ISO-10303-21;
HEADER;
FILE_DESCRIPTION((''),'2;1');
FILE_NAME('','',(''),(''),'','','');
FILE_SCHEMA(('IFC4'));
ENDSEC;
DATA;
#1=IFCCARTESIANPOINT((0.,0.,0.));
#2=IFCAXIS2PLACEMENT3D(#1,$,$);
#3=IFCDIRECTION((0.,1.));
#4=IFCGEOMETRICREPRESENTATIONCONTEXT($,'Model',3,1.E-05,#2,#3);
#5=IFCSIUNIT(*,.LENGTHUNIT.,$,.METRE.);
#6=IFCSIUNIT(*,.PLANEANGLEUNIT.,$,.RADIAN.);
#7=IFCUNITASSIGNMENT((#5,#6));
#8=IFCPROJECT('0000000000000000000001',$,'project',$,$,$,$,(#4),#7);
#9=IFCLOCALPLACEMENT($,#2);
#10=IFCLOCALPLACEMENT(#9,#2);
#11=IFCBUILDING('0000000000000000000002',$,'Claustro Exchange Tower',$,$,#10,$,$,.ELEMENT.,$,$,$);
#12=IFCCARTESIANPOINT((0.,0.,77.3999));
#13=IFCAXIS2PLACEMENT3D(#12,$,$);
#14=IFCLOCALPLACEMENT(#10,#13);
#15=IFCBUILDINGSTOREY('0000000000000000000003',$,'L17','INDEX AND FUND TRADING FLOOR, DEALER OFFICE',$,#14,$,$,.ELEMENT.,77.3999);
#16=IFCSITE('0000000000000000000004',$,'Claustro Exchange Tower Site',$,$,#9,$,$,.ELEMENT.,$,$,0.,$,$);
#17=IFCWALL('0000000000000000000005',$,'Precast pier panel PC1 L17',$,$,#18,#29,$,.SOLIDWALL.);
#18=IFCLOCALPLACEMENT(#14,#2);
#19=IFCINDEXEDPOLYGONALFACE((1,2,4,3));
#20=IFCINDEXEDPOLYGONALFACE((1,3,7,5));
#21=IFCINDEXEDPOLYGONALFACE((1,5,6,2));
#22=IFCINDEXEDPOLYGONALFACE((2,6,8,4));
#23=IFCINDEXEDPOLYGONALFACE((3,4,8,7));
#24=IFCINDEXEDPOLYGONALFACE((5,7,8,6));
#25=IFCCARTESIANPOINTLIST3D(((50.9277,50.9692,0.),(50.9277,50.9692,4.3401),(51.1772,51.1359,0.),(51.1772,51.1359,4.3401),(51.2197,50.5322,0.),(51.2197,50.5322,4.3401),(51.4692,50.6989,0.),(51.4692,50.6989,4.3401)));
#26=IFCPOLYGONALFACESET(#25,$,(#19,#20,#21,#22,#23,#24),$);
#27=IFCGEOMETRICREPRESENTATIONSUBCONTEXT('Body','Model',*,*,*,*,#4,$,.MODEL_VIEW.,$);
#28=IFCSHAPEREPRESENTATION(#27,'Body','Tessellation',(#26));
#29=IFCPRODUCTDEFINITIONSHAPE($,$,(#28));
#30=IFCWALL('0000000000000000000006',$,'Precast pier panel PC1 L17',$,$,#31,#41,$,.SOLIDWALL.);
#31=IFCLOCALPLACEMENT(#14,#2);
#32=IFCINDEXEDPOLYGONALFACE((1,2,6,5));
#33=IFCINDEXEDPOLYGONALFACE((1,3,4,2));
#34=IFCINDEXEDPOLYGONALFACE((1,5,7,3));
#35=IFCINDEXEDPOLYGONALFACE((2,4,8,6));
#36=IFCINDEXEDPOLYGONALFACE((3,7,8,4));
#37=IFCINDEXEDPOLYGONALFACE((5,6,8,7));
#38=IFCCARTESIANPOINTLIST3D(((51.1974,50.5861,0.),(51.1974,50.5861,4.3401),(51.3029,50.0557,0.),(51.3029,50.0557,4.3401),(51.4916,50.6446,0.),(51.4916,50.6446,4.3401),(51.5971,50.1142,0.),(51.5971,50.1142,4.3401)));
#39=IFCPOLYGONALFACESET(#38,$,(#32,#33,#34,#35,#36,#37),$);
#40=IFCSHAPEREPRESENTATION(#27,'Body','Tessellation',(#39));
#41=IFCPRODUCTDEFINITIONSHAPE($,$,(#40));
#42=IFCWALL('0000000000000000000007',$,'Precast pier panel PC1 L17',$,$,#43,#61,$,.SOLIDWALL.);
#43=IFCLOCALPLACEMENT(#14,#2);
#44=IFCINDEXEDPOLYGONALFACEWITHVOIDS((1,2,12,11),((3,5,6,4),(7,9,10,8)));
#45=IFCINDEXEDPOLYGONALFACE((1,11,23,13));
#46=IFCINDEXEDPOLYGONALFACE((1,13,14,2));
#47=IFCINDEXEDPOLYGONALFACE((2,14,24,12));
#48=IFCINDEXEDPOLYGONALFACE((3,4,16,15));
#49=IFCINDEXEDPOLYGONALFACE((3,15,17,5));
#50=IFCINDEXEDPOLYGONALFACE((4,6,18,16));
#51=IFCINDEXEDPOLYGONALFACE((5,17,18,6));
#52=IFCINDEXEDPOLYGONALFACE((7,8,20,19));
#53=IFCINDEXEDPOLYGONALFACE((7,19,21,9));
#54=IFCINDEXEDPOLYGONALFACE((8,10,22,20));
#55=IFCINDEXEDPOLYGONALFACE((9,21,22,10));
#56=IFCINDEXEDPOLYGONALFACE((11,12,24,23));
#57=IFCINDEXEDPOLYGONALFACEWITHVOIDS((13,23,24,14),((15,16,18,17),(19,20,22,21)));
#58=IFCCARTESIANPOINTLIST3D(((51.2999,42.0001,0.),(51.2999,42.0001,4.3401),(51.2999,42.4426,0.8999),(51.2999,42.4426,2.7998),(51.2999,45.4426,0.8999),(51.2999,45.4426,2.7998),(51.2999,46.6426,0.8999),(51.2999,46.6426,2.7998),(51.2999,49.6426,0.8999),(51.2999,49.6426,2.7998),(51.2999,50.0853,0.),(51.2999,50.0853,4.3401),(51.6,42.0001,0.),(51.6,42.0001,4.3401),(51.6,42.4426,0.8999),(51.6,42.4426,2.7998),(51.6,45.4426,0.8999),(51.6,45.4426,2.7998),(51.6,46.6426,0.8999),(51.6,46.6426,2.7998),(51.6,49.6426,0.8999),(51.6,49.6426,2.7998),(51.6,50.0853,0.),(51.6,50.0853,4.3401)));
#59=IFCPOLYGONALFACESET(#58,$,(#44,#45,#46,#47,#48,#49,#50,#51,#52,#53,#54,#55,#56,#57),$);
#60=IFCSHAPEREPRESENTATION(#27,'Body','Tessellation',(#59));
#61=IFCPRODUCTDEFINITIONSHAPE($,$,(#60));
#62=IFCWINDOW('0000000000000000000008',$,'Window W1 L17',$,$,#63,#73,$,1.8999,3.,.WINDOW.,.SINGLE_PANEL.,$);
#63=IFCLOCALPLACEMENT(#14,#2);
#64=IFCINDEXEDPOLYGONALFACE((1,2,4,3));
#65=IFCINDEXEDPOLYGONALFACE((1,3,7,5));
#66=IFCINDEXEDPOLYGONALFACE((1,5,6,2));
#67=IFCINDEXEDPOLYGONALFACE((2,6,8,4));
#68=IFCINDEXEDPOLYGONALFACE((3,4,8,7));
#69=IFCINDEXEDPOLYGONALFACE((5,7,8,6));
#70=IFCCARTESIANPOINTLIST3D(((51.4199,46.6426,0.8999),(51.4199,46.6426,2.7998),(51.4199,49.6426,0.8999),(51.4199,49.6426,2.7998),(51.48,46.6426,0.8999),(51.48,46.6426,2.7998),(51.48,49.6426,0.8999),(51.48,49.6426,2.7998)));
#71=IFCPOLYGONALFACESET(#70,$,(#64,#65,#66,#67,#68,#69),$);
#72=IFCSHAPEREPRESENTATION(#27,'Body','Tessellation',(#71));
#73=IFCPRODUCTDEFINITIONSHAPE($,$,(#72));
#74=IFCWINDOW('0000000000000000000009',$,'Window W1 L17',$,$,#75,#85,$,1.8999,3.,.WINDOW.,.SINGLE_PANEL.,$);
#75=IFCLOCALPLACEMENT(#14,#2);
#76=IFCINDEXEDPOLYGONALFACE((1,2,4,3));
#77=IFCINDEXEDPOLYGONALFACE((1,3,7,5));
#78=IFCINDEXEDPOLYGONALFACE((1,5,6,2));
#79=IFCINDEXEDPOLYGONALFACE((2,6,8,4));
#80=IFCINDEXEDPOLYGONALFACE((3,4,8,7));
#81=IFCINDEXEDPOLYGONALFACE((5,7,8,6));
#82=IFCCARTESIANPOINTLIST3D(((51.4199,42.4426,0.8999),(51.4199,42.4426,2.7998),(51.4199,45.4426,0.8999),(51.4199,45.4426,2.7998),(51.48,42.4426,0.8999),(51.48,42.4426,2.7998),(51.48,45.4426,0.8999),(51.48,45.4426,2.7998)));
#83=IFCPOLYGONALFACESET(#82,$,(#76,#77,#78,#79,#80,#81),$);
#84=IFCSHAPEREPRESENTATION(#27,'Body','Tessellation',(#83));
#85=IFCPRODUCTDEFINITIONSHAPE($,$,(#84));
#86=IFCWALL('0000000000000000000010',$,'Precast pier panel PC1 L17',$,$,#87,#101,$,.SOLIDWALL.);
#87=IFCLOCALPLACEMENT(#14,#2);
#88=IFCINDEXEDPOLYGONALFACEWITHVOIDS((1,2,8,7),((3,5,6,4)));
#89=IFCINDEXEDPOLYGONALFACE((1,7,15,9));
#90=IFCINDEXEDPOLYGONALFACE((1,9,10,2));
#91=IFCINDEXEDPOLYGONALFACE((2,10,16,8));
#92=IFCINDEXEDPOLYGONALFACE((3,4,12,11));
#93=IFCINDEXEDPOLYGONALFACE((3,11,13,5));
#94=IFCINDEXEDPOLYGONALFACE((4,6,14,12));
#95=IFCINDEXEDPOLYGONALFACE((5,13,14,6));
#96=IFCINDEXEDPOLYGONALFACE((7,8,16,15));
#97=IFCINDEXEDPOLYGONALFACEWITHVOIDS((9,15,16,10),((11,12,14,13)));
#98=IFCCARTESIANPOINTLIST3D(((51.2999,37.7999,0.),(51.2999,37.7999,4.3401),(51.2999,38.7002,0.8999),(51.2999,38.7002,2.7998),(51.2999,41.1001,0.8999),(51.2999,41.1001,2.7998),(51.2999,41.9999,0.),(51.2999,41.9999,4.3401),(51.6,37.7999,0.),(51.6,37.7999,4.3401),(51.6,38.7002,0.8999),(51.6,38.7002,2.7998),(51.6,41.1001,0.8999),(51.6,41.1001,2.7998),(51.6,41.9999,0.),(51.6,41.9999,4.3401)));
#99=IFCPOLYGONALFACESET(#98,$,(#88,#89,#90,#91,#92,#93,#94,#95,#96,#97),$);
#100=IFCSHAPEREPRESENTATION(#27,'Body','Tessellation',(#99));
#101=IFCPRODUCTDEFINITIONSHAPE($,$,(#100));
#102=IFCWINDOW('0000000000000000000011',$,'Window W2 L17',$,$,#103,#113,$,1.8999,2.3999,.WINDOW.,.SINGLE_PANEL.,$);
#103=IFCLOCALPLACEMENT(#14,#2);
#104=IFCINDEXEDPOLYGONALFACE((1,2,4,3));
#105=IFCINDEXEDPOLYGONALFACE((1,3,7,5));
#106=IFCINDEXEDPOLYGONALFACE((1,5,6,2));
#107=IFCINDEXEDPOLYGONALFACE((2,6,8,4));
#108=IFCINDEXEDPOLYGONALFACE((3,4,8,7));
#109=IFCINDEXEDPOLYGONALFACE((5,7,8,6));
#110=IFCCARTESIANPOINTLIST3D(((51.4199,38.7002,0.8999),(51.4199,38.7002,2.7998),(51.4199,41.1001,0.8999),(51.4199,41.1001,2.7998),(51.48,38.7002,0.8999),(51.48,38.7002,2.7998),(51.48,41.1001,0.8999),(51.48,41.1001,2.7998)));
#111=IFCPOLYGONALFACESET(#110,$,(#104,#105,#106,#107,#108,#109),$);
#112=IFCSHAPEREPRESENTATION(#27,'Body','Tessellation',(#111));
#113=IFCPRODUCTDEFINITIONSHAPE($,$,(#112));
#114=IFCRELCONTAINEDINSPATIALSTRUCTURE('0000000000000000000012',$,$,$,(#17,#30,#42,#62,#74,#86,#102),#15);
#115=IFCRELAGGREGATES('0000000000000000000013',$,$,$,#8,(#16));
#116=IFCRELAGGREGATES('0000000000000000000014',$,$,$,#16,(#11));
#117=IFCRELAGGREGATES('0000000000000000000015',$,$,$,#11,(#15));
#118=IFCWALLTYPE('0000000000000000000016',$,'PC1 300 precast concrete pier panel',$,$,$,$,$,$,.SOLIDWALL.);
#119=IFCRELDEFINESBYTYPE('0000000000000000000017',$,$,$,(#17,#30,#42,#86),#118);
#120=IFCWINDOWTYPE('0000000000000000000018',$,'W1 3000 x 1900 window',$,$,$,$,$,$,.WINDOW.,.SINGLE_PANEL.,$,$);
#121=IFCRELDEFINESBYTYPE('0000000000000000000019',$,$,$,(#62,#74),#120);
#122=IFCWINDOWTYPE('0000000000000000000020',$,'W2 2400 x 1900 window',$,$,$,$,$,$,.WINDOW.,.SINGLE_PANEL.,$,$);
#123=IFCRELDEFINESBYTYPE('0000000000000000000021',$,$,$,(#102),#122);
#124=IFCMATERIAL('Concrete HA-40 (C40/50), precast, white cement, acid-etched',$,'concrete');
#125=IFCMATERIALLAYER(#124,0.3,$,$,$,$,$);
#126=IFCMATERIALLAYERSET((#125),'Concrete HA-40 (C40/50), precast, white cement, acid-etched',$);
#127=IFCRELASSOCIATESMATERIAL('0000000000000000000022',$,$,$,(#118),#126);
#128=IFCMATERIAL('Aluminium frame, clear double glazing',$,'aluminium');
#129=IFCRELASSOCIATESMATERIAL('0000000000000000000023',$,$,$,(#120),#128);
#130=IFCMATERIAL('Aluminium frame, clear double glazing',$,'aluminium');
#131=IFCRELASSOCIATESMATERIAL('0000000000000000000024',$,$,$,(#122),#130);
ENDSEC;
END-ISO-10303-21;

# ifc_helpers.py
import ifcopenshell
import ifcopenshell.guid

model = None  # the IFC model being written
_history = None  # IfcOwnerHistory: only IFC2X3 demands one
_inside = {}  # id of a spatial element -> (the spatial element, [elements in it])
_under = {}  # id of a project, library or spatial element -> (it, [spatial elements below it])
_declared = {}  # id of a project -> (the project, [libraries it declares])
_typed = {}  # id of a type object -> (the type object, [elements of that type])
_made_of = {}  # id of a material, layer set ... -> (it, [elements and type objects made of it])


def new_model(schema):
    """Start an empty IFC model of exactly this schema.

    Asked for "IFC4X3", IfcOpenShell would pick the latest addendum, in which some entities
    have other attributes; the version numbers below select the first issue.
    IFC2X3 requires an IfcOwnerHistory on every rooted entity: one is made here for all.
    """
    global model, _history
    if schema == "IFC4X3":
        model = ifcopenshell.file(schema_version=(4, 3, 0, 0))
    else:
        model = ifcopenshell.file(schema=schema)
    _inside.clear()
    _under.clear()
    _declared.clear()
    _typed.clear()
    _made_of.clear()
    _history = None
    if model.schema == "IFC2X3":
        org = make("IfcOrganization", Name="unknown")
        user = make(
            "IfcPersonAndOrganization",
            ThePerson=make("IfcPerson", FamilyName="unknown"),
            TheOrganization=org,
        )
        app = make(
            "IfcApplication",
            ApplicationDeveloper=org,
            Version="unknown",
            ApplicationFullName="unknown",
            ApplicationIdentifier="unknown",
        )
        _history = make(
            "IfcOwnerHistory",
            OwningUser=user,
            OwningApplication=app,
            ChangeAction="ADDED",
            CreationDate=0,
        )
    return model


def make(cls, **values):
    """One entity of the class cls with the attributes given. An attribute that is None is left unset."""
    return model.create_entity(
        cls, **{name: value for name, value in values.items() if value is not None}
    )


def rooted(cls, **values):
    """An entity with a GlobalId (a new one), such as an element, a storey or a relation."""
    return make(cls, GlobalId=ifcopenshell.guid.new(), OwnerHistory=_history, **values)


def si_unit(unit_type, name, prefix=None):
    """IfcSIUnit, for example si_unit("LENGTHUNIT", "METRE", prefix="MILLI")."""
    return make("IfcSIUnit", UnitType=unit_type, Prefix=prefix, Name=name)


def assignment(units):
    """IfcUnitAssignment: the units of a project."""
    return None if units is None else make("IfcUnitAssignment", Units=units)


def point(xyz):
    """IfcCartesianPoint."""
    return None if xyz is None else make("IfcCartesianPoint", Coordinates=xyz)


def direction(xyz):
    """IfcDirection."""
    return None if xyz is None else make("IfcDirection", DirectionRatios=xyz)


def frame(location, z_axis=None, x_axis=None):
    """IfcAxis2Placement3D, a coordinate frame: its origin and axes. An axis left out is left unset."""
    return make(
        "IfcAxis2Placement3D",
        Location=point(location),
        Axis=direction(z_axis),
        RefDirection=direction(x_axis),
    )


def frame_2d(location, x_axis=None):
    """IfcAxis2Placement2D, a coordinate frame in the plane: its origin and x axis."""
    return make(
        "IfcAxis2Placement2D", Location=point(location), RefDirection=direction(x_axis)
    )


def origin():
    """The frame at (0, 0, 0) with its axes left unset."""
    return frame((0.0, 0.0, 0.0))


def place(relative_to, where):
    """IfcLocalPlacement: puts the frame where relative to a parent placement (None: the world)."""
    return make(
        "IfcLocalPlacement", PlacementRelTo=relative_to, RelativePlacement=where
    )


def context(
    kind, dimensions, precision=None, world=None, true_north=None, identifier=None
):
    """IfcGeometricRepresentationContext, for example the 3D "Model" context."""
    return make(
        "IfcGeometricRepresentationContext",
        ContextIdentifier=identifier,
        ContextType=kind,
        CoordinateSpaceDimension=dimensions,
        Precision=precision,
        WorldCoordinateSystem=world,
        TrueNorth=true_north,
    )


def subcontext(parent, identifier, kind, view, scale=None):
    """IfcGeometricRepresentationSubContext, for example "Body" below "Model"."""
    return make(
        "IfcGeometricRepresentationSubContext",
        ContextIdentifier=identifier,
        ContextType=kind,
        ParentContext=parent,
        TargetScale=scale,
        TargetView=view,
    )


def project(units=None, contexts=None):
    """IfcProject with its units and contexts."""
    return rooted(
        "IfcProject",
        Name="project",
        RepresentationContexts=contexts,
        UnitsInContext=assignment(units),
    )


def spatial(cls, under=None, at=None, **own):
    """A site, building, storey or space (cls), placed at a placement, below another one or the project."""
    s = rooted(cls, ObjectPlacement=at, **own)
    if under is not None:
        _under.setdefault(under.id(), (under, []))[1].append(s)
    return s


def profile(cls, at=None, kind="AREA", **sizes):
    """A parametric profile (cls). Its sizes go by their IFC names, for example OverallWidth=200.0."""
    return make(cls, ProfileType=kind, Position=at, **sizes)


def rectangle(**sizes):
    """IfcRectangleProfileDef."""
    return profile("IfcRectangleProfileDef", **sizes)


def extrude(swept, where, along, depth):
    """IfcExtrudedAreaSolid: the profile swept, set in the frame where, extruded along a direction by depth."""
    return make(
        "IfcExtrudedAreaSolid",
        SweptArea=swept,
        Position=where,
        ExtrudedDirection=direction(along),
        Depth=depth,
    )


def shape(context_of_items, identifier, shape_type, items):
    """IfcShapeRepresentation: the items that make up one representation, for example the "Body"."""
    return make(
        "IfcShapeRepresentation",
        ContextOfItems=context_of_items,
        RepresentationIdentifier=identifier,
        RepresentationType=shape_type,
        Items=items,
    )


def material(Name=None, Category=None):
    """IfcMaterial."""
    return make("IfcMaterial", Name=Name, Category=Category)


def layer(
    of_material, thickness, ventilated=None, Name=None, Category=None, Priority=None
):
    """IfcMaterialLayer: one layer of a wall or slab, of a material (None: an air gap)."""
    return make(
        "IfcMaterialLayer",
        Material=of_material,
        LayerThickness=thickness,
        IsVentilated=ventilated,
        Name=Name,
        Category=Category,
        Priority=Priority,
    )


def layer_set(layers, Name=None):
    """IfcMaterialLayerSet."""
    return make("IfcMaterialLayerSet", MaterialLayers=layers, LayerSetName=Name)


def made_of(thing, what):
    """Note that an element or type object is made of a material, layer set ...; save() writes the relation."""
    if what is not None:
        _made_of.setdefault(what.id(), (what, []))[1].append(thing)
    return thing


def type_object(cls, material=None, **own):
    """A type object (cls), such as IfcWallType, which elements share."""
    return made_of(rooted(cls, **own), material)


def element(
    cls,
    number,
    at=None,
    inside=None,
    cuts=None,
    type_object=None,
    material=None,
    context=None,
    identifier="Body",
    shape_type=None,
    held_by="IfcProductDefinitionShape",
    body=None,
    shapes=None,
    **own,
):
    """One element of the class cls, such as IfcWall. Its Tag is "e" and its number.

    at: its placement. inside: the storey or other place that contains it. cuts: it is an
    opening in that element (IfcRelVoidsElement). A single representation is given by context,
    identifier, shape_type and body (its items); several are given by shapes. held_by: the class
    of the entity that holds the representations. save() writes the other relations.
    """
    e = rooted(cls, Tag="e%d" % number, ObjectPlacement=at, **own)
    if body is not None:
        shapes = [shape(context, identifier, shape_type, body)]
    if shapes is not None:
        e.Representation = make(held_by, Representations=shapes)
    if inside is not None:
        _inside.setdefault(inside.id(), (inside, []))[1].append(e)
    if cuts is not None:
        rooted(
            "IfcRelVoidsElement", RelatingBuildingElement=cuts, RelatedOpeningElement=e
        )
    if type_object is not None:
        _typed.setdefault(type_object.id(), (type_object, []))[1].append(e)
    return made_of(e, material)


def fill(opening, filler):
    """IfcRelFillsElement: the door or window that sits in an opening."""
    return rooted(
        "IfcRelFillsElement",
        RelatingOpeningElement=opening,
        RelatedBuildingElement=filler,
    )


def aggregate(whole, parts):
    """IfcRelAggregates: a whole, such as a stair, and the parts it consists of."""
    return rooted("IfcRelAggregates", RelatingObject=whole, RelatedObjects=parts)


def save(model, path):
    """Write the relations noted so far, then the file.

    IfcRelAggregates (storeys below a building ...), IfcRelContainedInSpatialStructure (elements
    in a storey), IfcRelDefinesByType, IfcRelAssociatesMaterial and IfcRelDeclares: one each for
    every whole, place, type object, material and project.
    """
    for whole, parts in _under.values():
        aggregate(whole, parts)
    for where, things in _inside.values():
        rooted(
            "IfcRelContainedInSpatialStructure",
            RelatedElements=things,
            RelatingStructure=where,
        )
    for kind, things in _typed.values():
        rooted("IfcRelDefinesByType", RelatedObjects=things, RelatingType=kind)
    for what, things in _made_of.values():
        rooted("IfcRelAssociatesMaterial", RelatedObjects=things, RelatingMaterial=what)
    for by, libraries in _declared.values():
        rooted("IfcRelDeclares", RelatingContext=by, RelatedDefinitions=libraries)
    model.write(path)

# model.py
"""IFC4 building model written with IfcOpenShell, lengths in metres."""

from ifc_helpers import new_model, si_unit, direction, frame, frame_2d, origin, place, context, subcontext, project, spatial, rectangle, extrude, material, layer, layer_set, type_object, element, fill, save


model = new_model("IFC4")

# Units and contexts
model_context = context("Model", 3, precision=1e-05, world=origin(), true_north=direction((0.0, 1.0)))
body_context = subcontext(model_context, "Body", "Model", "MODEL_VIEW")
ifc_project = project(units=[si_unit("LENGTHUNIT", "METRE"), si_unit("PLANEANGLEUNIT", "RADIAN")], contexts=[model_context])

# Site, building, storey
site_placement = place(None, origin())
site = spatial("IfcSite", under=ifc_project, at=site_placement, Name="Claustro Exchange Tower Site", CompositionType="ELEMENT", RefElevation=0.0)
building_placement = place(site_placement, origin())
building = spatial("IfcBuilding", under=site, at=building_placement, Name="Claustro Exchange Tower", CompositionType="ELEMENT")
storey_placement = place(building_placement, frame((0.0, 0.0, 77.3999)))
storey = spatial("IfcBuildingStorey", under=building, at=storey_placement, Name="L17", Description="INDEX AND FUND TRADING FLOOR, DEALER OFFICE", CompositionType="ELEMENT", Elevation=77.3999)

# Shared definitions
ifc_material_1 = material(Name="Concrete HA-40 (C40/50), precast, white cement, acid-etched", Category="concrete")
ifc_layer_1 = layer(ifc_material_1, 0.3)
ifc_layer_set_1 = layer_set([ifc_layer_1], Name="Concrete HA-40 (C40/50), precast, white cement, acid-etched")
wall_type_1 = type_object("IfcWallType", Name="PC1 300 precast concrete pier panel", PredefinedType="SOLIDWALL", material=ifc_layer_set_1)
ifc_material_2 = material(Name="Aluminium frame, clear double glazing", Category="aluminium")
window_type_1 = type_object("IfcWindowType", Name="W1 3000 x 1900 window", PartitioningType="SINGLE_PANEL", PredefinedType="WINDOW", material=ifc_material_2)

# Walls
for number, where, z_axis, x_axis, name in (
    (1, (51.0525, 51.0525, 0.0), (0.0, 0.0, 1.0), (0.555557, -0.831478, 0.0), "Precast pier panel PC1 L17"),
):
    element("IfcWall", number, at=place(storey_placement, frame(where, z_axis=z_axis, x_axis=x_axis)), inside=storey, type_object=wall_type_1, Name=name, PredefinedType="SOLIDWALL", context=body_context, shape_type="SweptSolid", body=[
        extrude(rectangle(XDim=0.5256, YDim=0.3, at=frame_2d((0.2627, 0.0))), origin(), (0.0, 0.0, 1.0), 4.3401),
    ])
wall_1_placement = place(storey_placement, frame((51.3445, 50.6155, 0.0), z_axis=(0.0, 0.0, 1.0), x_axis=(0.195074, -0.980789, 0.0)))
element("IfcWall", 2, at=wall_1_placement, inside=storey, type_object=wall_type_1, Name="Precast pier panel PC1 L17", PredefinedType="SOLIDWALL", context=body_context, shape_type="SweptSolid", body=[
    extrude(rectangle(XDim=0.5408, YDim=0.3, at=frame_2d((0.2705, 0.0))), origin(), (0.0, 0.0, 1.0), 4.3401),
])

# Wall, openings, windows
wall_2_placement = place(storey_placement, frame((51.45, 50.0852, 0.0), z_axis=(0.0, 0.0, 1.0), x_axis=(0.0, -1.0, 0.0)))
wall_2 = element("IfcWall", 3, at=wall_2_placement, inside=storey, type_object=wall_type_1, Name="Precast pier panel PC1 L17", PredefinedType="SOLIDWALL", context=body_context, shape_type="SweptSolid", body=[
    extrude(rectangle(XDim=8.0852, YDim=0.3, at=frame_2d((4.0425, 0.0))), origin(), (0.0, 0.0, 1.0), 4.3401),
])
opening_1_placement = place(wall_2_placement, frame((0.4426, 0.0, 0.8999)))
opening_1 = element("IfcOpeningElement", 4, at=opening_1_placement, cuts=wall_2, PredefinedType="OPENING", context=body_context, shape_type="SweptSolid", body=[
    extrude(rectangle(XDim=3.0, YDim=1.8999, at=frame_2d((1.5, 0.95))), frame((0.0, 0.1599, 0.0), z_axis=(0.0, -1.0, 0.0), x_axis=(1.0, 0.0, 0.0)), (0.0, 0.0, 1.0), 0.3201),
])
opening_2_placement = place(wall_2_placement, frame((4.6426, 0.0, 0.8999)))
opening_2 = element("IfcOpeningElement", 5, at=opening_2_placement, cuts=wall_2, PredefinedType="OPENING", context=body_context, shape_type="SweptSolid", body=[
    extrude(rectangle(XDim=3.0, YDim=1.8999, at=frame_2d((1.5, 0.95))), frame((0.0, 0.1599, 0.0), z_axis=(0.0, -1.0, 0.0), x_axis=(1.0, 0.0, 0.0)), (0.0, 0.0, 1.0), 0.3201),
])
window_1_placement = place(opening_1_placement, origin())
window_1 = element("IfcWindow", 6, at=window_1_placement, inside=storey, type_object=window_type_1, Name="Window W1 L17", OverallHeight=1.8999, OverallWidth=3.0, PartitioningType="SINGLE_PANEL", PredefinedType="WINDOW", context=body_context, shape_type="SweptSolid", body=[
    extrude(rectangle(XDim=3.0, YDim=1.8999, at=frame_2d((1.5, 0.95))), frame((0.0, 0.03, 0.0), z_axis=(0.0, -1.0, 0.0), x_axis=(1.0, 0.0, 0.0)), (0.0, 0.0, 1.0), 0.0601),
])
fill(opening_1, window_1)
window_2_placement = place(opening_2_placement, origin())
window_2 = element("IfcWindow", 7, at=window_2_placement, inside=storey, type_object=window_type_1, Name="Window W1 L17", OverallHeight=1.8999, OverallWidth=3.0, PartitioningType="SINGLE_PANEL", PredefinedType="WINDOW", context=body_context, shape_type="SweptSolid", body=[
    extrude(rectangle(XDim=3.0, YDim=1.8999, at=frame_2d((1.5, 0.95))), frame((0.0, 0.03, 0.0), z_axis=(0.0, -1.0, 0.0), x_axis=(1.0, 0.0, 0.0)), (0.0, 0.0, 1.0), 0.0601),
])
fill(opening_2, window_2)

# Wall, opening, window
wall_3_placement = place(storey_placement, frame((51.45, 42.0, 0.0), z_axis=(0.0, 0.0, 1.0), x_axis=(0.0, -1.0, 0.0)))
wall_3 = element("IfcWall", 8, at=wall_3_placement, inside=storey, type_object=wall_type_1, Name="Precast pier panel PC1 L17", PredefinedType="SOLIDWALL", context=body_context, shape_type="SweptSolid", body=[
    extrude(rectangle(XDim=4.2, YDim=0.3, at=frame_2d((2.1001, 0.0))), origin(), (0.0, 0.0, 1.0), 4.3401),
])
opening_3_placement = place(wall_3_placement, frame((0.8999, 0.0, 0.8999)))
opening_3 = element("IfcOpeningElement", 9, at=opening_3_placement, cuts=wall_3, PredefinedType="OPENING", context=body_context, shape_type="SweptSolid", body=[
    extrude(rectangle(XDim=2.3999, YDim=1.8999, at=frame_2d((1.2, 0.95))), frame((0.0, 0.1599, 0.0), z_axis=(0.0, -1.0, 0.0), x_axis=(1.0, 0.0, 0.0)), (0.0, 0.0, 1.0), 0.3201),
])
ifc_material_3 = material(Name="Aluminium frame, clear double glazing", Category="aluminium")
window_type_2 = type_object("IfcWindowType", Name="W2 2400 x 1900 window", PartitioningType="SINGLE_PANEL", PredefinedType="WINDOW", material=ifc_material_3)
window_3_placement = place(opening_3_placement, origin())
window_3 = element("IfcWindow", 10, at=window_3_placement, inside=storey, type_object=window_type_2, Name="Window W2 L17", OverallHeight=1.8999, OverallWidth=2.3999, PartitioningType="SINGLE_PANEL", PredefinedType="WINDOW", context=body_context, shape_type="SweptSolid", body=[
    extrude(rectangle(XDim=2.3999, YDim=1.8999, at=frame_2d((1.2, 0.95))), frame((0.0, 0.03, 0.0), z_axis=(0.0, -1.0, 0.0), x_axis=(1.0, 0.0, 0.0)), (0.0, 0.0, 1.0), 0.0601),
])
fill(opening_3, window_3)

save(model, "model.ifc")
